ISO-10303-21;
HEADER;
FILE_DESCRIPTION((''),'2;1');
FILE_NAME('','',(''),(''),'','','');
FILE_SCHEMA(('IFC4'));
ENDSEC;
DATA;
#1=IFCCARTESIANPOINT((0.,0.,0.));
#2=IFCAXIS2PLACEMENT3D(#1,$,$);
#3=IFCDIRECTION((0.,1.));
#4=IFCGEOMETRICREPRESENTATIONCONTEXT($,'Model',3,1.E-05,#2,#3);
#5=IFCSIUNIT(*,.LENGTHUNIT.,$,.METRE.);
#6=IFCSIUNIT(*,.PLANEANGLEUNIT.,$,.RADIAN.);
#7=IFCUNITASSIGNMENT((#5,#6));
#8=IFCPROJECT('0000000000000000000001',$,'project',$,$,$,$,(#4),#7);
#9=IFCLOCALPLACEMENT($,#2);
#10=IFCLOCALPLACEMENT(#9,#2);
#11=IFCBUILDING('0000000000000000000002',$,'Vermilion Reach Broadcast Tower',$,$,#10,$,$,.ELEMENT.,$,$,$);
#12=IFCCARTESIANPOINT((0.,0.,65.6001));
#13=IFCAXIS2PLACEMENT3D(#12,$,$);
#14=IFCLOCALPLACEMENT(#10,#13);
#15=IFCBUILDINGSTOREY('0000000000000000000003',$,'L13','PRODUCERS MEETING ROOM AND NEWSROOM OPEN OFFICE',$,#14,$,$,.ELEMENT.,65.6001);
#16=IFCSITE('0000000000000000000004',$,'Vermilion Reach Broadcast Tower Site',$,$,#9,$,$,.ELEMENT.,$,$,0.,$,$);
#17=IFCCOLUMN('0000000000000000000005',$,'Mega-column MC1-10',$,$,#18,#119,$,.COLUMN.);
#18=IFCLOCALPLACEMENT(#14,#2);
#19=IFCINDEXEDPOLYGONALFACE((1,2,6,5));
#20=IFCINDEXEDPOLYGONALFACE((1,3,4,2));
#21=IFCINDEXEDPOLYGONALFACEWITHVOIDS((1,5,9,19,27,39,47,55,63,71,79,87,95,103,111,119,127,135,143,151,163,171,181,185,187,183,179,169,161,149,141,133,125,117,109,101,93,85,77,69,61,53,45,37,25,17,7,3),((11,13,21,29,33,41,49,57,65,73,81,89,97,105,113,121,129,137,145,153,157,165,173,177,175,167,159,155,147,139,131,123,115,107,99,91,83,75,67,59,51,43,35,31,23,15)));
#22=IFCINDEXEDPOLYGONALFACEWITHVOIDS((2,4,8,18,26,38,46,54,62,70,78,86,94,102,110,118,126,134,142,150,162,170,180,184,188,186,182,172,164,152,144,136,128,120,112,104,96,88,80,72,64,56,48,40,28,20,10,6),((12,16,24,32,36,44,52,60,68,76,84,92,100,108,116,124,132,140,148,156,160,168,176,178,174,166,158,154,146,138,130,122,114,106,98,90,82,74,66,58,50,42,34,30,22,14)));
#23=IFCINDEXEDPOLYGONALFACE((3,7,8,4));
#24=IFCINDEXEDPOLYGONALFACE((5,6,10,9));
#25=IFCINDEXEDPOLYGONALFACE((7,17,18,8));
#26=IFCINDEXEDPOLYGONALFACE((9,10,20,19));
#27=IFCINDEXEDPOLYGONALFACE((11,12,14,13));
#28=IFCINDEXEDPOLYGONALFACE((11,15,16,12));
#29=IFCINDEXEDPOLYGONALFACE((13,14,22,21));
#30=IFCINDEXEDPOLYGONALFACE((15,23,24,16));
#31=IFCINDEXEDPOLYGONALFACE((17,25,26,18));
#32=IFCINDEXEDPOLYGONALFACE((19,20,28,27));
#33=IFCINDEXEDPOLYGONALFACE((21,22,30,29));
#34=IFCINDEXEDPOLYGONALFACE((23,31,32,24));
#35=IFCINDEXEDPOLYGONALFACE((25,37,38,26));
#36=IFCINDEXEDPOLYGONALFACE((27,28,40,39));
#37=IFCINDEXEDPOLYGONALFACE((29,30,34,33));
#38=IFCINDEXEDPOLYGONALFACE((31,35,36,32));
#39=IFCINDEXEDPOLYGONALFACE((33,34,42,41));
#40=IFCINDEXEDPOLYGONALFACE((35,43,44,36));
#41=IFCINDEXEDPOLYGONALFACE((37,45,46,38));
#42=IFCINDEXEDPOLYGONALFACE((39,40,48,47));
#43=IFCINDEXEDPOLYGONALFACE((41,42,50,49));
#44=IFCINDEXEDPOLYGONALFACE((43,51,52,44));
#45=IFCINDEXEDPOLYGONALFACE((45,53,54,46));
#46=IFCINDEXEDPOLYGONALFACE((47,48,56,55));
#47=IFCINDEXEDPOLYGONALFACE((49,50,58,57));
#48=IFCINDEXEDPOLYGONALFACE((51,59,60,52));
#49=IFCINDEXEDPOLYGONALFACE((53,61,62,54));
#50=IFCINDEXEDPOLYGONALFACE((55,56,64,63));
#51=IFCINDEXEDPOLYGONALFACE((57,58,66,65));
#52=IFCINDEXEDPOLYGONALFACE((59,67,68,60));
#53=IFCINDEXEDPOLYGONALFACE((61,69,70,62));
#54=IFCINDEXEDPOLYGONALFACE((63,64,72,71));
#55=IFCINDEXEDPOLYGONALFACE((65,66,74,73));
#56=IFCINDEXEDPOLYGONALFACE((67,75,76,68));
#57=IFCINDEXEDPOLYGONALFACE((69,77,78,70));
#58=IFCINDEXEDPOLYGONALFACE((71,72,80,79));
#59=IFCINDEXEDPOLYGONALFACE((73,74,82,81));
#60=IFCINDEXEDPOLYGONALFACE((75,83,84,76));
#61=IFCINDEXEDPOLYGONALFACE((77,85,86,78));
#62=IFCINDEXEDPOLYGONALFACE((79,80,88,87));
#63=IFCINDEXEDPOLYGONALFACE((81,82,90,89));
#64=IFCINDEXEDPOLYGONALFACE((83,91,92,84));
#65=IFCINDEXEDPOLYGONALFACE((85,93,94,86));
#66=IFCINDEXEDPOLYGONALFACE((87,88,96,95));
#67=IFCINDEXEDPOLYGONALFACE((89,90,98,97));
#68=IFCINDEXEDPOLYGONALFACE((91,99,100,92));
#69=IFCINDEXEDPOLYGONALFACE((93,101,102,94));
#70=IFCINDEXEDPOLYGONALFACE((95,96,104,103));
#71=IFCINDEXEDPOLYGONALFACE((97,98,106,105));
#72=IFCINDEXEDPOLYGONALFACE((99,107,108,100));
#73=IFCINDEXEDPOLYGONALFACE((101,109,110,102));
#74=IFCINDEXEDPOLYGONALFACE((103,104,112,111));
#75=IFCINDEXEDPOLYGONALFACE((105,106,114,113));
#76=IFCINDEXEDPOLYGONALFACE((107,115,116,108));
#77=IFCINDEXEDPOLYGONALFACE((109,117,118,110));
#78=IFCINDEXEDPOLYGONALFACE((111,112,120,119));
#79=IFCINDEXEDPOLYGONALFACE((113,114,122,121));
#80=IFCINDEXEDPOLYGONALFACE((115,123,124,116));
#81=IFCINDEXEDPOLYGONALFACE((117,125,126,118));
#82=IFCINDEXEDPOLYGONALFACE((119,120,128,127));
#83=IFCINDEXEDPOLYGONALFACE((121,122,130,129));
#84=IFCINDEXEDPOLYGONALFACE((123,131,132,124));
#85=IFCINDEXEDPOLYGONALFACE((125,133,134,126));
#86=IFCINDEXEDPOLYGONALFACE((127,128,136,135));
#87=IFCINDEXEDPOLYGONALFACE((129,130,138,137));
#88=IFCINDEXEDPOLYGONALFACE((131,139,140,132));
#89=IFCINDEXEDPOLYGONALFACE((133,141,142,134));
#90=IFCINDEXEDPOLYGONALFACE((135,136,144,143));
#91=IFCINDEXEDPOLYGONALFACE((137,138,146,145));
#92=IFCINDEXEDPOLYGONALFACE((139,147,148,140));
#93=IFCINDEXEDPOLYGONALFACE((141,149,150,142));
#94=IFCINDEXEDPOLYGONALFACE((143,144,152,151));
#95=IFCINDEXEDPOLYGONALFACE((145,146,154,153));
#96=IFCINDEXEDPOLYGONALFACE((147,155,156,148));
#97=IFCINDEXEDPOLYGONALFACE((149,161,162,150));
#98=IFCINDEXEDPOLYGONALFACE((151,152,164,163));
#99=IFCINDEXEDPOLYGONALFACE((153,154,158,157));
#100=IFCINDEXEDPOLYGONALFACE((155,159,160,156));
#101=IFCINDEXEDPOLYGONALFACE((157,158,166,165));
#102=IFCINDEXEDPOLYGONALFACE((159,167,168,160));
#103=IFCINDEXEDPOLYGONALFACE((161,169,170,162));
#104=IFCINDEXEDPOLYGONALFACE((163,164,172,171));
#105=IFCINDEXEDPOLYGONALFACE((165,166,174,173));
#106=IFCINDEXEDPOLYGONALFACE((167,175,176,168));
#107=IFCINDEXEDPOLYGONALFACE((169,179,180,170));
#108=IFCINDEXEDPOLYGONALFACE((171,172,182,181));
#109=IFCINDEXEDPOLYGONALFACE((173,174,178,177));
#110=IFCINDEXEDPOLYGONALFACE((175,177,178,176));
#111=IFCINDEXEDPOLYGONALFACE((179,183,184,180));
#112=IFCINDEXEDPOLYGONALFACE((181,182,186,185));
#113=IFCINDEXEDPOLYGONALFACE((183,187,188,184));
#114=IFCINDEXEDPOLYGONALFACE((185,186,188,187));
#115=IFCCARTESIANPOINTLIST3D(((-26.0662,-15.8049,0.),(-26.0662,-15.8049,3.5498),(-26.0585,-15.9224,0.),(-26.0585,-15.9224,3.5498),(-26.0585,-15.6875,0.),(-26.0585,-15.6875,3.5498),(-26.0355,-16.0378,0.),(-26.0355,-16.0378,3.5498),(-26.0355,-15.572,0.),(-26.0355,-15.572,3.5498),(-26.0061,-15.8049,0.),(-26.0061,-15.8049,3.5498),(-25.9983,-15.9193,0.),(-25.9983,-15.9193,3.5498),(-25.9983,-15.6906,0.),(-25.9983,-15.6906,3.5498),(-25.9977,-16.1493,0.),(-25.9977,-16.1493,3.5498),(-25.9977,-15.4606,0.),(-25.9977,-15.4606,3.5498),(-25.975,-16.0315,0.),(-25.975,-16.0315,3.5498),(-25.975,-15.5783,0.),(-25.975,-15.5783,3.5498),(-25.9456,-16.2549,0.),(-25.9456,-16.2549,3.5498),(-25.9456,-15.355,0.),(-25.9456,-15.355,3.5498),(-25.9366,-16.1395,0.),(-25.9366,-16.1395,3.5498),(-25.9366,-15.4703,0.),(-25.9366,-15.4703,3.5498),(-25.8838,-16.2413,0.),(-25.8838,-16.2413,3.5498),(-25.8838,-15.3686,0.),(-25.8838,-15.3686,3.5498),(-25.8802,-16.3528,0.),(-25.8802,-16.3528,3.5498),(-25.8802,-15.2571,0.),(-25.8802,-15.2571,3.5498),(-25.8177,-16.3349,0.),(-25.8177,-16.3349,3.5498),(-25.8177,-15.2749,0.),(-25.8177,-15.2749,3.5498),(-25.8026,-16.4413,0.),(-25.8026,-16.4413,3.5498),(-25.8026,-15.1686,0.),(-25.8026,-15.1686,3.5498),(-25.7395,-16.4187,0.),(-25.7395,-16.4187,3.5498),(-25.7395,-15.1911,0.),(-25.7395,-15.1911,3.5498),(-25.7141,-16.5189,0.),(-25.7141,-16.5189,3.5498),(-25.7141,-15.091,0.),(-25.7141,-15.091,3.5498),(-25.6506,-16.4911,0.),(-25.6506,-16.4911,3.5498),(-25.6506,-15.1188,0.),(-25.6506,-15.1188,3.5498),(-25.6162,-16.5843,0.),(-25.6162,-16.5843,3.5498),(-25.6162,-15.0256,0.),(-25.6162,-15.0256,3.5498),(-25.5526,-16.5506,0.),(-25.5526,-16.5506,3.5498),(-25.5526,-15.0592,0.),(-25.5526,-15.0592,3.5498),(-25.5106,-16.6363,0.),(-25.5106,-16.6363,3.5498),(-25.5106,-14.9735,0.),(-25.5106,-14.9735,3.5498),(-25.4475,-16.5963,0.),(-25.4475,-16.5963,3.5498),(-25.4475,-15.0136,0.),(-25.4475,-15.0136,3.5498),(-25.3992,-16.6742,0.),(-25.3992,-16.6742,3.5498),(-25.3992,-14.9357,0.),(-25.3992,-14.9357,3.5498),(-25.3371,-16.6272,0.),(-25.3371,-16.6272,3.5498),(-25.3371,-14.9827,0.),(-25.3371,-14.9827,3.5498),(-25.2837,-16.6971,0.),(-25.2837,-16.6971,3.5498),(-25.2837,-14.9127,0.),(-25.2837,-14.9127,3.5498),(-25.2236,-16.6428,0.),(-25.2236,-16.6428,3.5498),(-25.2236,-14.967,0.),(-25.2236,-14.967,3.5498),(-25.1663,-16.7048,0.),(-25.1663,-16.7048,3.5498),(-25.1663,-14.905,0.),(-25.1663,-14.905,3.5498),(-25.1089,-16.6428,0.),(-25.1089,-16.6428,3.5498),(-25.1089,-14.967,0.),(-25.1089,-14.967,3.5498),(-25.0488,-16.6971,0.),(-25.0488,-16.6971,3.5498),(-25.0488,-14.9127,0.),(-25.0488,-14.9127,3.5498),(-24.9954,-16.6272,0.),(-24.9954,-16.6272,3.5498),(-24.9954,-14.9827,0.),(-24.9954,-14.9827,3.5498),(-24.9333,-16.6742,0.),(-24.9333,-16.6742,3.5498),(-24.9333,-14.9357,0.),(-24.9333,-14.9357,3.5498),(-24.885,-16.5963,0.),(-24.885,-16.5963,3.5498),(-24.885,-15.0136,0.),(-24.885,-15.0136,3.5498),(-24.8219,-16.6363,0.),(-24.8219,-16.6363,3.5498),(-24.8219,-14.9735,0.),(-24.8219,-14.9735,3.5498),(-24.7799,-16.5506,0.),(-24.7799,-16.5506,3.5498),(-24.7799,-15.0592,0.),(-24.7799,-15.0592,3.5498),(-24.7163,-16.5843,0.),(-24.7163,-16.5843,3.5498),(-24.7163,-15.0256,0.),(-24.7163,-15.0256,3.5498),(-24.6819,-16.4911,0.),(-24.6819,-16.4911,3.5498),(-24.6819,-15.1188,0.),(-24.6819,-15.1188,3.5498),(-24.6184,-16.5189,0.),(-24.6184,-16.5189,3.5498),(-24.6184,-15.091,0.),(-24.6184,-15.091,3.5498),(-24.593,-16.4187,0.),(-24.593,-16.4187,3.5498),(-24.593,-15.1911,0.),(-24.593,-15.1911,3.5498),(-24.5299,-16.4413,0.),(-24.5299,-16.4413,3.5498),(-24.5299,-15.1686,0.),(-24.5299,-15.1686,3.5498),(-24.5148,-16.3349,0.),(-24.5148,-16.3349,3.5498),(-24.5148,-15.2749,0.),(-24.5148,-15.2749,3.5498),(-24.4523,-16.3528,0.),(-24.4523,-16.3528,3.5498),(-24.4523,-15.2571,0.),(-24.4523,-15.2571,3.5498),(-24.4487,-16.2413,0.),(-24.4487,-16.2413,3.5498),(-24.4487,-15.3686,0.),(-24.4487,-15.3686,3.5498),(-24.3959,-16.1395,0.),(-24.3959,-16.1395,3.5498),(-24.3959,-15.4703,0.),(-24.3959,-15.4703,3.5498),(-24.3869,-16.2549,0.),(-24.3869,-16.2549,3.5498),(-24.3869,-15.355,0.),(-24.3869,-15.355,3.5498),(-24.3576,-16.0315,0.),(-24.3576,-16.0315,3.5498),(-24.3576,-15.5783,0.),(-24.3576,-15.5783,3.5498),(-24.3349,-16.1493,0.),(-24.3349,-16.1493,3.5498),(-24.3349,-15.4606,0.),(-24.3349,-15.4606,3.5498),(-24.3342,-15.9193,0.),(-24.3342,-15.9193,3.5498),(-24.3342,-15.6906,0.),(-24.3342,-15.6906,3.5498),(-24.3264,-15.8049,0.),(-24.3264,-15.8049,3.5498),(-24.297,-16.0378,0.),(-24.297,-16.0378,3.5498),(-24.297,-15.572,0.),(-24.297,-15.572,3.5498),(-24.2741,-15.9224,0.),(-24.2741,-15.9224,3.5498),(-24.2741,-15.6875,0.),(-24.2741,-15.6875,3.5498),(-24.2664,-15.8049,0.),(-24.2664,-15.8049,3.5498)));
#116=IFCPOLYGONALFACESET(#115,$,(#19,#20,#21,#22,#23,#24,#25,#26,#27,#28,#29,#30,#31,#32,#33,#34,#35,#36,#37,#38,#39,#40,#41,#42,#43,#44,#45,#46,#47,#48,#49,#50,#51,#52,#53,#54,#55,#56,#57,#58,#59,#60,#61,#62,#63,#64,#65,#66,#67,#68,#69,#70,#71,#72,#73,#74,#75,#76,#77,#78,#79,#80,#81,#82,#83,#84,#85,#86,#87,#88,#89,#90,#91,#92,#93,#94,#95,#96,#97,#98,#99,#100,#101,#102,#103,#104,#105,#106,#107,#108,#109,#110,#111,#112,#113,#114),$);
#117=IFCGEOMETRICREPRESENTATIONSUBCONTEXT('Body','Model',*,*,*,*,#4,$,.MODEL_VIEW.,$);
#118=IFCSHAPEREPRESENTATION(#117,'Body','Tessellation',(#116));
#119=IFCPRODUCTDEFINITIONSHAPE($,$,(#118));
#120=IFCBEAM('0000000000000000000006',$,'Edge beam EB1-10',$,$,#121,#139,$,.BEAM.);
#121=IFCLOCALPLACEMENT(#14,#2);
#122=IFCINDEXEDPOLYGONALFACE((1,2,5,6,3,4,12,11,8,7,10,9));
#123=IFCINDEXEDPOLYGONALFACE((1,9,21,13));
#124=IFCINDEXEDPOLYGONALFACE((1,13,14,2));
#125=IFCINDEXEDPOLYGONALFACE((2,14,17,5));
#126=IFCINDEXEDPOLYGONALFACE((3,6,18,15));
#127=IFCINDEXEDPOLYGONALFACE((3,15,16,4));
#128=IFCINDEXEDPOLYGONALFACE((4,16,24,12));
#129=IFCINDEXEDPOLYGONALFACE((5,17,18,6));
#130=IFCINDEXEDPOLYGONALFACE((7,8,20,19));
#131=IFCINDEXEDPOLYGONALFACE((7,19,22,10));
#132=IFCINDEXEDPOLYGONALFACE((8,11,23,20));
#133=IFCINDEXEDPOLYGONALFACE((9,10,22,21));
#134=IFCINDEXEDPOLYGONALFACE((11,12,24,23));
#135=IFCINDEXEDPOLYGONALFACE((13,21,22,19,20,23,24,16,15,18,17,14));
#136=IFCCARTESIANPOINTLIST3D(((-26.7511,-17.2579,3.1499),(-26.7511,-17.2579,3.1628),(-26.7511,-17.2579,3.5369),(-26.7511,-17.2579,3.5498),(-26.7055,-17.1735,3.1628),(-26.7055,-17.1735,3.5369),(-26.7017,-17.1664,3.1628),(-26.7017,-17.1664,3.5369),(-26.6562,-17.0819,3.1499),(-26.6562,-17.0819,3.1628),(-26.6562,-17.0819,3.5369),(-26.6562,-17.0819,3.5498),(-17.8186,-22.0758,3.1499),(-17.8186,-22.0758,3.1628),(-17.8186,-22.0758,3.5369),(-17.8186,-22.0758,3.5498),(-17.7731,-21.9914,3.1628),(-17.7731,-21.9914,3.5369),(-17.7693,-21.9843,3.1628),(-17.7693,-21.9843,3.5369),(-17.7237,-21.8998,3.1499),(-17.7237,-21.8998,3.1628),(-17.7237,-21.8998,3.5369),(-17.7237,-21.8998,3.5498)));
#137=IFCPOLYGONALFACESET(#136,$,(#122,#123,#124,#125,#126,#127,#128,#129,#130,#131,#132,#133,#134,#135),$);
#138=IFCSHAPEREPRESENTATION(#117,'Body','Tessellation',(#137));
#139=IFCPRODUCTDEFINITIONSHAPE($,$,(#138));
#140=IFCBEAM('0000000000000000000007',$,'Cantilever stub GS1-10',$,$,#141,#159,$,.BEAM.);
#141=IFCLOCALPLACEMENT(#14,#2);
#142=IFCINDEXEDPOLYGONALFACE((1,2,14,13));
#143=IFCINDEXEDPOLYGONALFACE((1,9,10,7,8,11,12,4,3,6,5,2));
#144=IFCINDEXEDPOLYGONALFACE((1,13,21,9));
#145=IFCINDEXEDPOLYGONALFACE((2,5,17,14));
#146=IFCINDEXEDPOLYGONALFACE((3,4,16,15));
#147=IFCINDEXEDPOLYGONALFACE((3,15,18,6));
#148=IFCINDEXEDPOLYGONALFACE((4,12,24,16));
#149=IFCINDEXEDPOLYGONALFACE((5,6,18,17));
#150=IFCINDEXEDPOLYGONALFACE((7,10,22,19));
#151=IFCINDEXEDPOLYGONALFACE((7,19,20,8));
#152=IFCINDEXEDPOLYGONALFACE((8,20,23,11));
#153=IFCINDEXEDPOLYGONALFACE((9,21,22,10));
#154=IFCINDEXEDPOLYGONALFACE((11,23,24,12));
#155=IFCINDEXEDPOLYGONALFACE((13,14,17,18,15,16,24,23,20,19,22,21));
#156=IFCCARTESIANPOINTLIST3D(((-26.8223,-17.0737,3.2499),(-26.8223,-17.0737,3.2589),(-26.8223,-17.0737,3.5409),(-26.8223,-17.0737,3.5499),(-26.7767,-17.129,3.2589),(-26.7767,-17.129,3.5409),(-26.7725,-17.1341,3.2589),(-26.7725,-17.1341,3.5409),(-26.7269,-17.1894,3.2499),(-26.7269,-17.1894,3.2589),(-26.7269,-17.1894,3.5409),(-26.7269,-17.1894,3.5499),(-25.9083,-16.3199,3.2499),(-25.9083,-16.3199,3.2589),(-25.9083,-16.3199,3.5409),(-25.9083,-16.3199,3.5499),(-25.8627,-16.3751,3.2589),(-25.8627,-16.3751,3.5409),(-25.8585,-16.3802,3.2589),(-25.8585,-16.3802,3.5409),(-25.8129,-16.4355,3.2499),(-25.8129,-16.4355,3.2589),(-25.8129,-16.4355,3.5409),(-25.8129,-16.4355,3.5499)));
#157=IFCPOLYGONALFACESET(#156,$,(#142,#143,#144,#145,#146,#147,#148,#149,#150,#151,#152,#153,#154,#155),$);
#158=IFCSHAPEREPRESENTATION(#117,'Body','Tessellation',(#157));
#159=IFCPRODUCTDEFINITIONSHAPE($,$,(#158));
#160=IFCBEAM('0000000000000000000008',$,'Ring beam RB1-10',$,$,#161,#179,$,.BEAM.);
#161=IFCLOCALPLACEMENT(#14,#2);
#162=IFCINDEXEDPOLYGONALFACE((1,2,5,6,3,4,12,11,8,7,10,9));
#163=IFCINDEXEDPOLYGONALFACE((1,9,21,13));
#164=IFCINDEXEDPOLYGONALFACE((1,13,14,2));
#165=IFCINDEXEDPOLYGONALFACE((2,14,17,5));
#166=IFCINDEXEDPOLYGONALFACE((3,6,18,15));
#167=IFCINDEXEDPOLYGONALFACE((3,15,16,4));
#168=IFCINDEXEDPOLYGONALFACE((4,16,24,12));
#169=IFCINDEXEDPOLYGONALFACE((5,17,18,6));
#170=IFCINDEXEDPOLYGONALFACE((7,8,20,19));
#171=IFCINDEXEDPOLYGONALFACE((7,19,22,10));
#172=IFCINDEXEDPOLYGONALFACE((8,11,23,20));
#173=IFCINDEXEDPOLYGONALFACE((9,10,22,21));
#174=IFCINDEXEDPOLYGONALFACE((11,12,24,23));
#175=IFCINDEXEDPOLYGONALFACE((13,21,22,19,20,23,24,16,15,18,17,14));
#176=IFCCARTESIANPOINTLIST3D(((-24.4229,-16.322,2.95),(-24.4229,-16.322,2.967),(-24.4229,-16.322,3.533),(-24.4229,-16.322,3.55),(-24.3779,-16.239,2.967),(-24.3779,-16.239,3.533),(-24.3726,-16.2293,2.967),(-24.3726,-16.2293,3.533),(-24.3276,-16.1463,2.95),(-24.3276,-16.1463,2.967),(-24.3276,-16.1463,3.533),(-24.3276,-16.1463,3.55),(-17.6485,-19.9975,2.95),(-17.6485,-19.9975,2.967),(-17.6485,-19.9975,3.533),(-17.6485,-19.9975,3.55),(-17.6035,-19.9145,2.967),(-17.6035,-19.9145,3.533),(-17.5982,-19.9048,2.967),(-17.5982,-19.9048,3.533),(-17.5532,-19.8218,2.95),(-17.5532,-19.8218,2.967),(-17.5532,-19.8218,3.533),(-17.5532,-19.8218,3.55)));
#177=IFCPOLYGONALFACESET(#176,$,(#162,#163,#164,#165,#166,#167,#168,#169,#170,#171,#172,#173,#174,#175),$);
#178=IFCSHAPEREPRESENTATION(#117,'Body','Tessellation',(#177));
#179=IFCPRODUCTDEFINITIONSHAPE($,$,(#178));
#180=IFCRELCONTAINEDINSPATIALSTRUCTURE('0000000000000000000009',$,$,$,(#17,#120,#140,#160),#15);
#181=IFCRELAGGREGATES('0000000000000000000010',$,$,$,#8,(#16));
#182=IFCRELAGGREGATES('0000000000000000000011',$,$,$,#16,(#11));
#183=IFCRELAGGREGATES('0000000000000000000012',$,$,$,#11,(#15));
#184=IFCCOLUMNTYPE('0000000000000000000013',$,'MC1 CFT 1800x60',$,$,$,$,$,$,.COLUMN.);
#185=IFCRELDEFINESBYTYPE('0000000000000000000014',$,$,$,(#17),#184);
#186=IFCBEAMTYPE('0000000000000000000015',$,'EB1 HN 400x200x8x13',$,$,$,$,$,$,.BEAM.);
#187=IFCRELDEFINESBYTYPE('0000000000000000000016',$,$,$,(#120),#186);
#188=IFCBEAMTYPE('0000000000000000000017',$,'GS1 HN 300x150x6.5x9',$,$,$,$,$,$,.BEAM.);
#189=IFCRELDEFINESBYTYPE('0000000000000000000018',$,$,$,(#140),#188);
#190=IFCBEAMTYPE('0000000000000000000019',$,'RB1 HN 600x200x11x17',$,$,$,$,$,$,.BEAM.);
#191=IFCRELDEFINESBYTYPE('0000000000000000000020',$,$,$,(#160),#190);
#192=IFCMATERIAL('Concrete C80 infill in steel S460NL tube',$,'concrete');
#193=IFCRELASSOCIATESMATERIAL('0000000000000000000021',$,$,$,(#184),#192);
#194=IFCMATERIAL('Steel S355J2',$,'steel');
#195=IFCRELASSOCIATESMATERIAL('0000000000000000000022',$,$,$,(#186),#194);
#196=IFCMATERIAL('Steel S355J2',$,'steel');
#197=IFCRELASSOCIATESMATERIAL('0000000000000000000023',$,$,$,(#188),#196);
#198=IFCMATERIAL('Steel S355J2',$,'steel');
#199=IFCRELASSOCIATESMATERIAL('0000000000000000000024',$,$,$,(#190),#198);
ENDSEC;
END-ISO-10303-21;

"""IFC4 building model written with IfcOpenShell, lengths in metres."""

from ifc_helpers import new_model, si_unit, direction, frame, origin, origin_2d, place, context, subcontext, project, spatial, hollow_circle, i_section, extrude, material, material_profile, profile_set, type_object, element, save


model = new_model("IFC4")

# Units and contexts
model_context = context("Model", 3, precision=1e-05, world=origin(), true_north=direction((0.0, 1.0)))
body_context = subcontext(model_context, "Body", "Model", "MODEL_VIEW")
ifc_project = project(units=[si_unit("LENGTHUNIT", "METRE"), si_unit("PLANEANGLEUNIT", "RADIAN")], contexts=[model_context])

# Site, building, storey
site_placement = place(None, origin())
site = spatial("IfcSite", under=ifc_project, at=site_placement, Name="Vermilion Reach Broadcast Tower Site", CompositionType="ELEMENT", RefElevation=0.0)
building_placement = place(site_placement, origin())
building = spatial("IfcBuilding", under=site, at=building_placement, Name="Vermilion Reach Broadcast Tower", CompositionType="ELEMENT")
storey_placement = place(building_placement, frame((0.0, 0.0, 65.6001)))
storey = spatial("IfcBuildingStorey", under=building, at=storey_placement, Name="L13", Description="PRODUCERS MEETING ROOM AND NEWSROOM OPEN OFFICE", CompositionType="ELEMENT", Elevation=65.6001)

# Column
ifc_material_1 = material(Name="Concrete C80 infill in steel S460NL tube", Category="concrete")
ifc_material_profile_1 = material_profile(ifc_material_1, hollow_circle(Radius=0.8999, WallThickness=0.0601, at=origin_2d()), Name="Concrete C80 infill in steel S460NL tube CFT 1800x60")
ifc_profile_set_1 = profile_set([ifc_material_profile_1], Name="Concrete C80 infill in steel S460NL tube")
column_type = type_object("IfcColumnType", Name="MC1 CFT 1800x60", PredefinedType="COLUMN", material=ifc_profile_set_1)
column_placement = place(storey_placement, frame((-25.1663, -15.8049, 0.0), z_axis=(0.0, 0.0, 1.0), x_axis=(1.0, 0.0, 0.0)))
element("IfcColumn", 1, at=column_placement, inside=storey, type_object=column_type, Name="Mega-column MC1-10", PredefinedType="COLUMN", context=body_context, shape_type="SweptSolid", body=[
    extrude(hollow_circle(Radius=0.8999, WallThickness=0.0601, at=origin_2d()), origin(), (0.0, 0.0, 1.0), 3.5498),
])

# Beams
ifc_material_2 = material(Name="Steel S355J2", Category="steel")
ifc_material_profile_2 = material_profile(ifc_material_2, i_section(OverallWidth=0.2, OverallDepth=0.3999, WebThickness=0.0081, FlangeThickness=0.0129, at=origin_2d()), Name="S355J2 HN 400x200x8x13")
ifc_profile_set_2 = profile_set([ifc_material_profile_2], Name="Steel S355J2")
beam_type_1 = type_object("IfcBeamType", Name="EB1 HN 400x200x8x13", PredefinedType="BEAM", material=ifc_profile_set_2)
beam_1_placement = place(storey_placement, frame((-26.7036, -17.1699, 3.3499), z_axis=(0.880136, -0.474721, 0.0), x_axis=(0.474721, 0.880136, 0.0)))
element("IfcBeam", 2, at=beam_1_placement, inside=storey, type_object=beam_type_1, Name="Edge beam EB1-10", PredefinedType="BEAM", context=body_context, shape_type="SweptSolid", body=[
    extrude(i_section(OverallWidth=0.2, OverallDepth=0.3999, WebThickness=0.0081, FlangeThickness=0.0129, at=origin_2d()), origin(), (0.0, 0.0, 1.0), 10.1489),
])
ifc_material_3 = material(Name="Steel S355J2", Category="steel")
ifc_material_profile_3 = material_profile(ifc_material_3, i_section(OverallWidth=0.1499, OverallDepth=0.3, WebThickness=0.0066, FlangeThickness=0.009, at=origin_2d()), Name="S355J2 HN 300x150x6.5x9")
ifc_profile_set_3 = profile_set([ifc_material_profile_3], Name="Steel S355J2")
beam_type_2 = type_object("IfcBeamType", Name="GS1 HN 300x150x6.5x9", PredefinedType="BEAM", material=ifc_profile_set_3)
beam_2_placement = place(storey_placement, frame((-25.8606, -16.3777, 3.3999), z_axis=(-0.771454, -0.636285, 0.0), x_axis=(0.636285, -0.771454, 0.0)))
element("IfcBeam", 3, at=beam_2_placement, inside=storey, type_object=beam_type_2, Name="Cantilever stub GS1-10", PredefinedType="BEAM", context=body_context, shape_type="SweptSolid", body=[
    extrude(i_section(OverallWidth=0.1499, OverallDepth=0.3, WebThickness=0.0066, FlangeThickness=0.009, at=origin_2d()), origin(), (0.0, 0.0, 1.0), 1.1848),
])
ifc_material_4 = material(Name="Steel S355J2", Category="steel")
ifc_material_profile_4 = material_profile(ifc_material_4, i_section(OverallWidth=0.2, OverallDepth=0.6001, WebThickness=0.011, FlangeThickness=0.0171, at=origin_2d()), Name="S355J2 HN 600x200x11x17")
ifc_profile_set_4 = profile_set([ifc_material_profile_4], Name="Steel S355J2")
beam_type_3 = type_object("IfcBeamType", Name="RB1 HN 600x200x11x17", PredefinedType="BEAM", material=ifc_profile_set_4)
beam_3_placement = place(storey_placement, frame((-24.3752, -16.2341, 3.25), z_axis=(0.878962, -0.476891, 0.0), x_axis=(0.476891, 0.878962, 0.0)))
element("IfcBeam", 4, at=beam_3_placement, inside=storey, type_object=beam_type_3, Name="Ring beam RB1-10", PredefinedType="BEAM", context=body_context, shape_type="SweptSolid", body=[
    extrude(i_section(OverallWidth=0.2, OverallDepth=0.6001, WebThickness=0.011, FlangeThickness=0.0171, at=origin_2d()), origin(), (0.0, 0.0, 1.0), 7.7073),
])

save(model, "model.ifc")
